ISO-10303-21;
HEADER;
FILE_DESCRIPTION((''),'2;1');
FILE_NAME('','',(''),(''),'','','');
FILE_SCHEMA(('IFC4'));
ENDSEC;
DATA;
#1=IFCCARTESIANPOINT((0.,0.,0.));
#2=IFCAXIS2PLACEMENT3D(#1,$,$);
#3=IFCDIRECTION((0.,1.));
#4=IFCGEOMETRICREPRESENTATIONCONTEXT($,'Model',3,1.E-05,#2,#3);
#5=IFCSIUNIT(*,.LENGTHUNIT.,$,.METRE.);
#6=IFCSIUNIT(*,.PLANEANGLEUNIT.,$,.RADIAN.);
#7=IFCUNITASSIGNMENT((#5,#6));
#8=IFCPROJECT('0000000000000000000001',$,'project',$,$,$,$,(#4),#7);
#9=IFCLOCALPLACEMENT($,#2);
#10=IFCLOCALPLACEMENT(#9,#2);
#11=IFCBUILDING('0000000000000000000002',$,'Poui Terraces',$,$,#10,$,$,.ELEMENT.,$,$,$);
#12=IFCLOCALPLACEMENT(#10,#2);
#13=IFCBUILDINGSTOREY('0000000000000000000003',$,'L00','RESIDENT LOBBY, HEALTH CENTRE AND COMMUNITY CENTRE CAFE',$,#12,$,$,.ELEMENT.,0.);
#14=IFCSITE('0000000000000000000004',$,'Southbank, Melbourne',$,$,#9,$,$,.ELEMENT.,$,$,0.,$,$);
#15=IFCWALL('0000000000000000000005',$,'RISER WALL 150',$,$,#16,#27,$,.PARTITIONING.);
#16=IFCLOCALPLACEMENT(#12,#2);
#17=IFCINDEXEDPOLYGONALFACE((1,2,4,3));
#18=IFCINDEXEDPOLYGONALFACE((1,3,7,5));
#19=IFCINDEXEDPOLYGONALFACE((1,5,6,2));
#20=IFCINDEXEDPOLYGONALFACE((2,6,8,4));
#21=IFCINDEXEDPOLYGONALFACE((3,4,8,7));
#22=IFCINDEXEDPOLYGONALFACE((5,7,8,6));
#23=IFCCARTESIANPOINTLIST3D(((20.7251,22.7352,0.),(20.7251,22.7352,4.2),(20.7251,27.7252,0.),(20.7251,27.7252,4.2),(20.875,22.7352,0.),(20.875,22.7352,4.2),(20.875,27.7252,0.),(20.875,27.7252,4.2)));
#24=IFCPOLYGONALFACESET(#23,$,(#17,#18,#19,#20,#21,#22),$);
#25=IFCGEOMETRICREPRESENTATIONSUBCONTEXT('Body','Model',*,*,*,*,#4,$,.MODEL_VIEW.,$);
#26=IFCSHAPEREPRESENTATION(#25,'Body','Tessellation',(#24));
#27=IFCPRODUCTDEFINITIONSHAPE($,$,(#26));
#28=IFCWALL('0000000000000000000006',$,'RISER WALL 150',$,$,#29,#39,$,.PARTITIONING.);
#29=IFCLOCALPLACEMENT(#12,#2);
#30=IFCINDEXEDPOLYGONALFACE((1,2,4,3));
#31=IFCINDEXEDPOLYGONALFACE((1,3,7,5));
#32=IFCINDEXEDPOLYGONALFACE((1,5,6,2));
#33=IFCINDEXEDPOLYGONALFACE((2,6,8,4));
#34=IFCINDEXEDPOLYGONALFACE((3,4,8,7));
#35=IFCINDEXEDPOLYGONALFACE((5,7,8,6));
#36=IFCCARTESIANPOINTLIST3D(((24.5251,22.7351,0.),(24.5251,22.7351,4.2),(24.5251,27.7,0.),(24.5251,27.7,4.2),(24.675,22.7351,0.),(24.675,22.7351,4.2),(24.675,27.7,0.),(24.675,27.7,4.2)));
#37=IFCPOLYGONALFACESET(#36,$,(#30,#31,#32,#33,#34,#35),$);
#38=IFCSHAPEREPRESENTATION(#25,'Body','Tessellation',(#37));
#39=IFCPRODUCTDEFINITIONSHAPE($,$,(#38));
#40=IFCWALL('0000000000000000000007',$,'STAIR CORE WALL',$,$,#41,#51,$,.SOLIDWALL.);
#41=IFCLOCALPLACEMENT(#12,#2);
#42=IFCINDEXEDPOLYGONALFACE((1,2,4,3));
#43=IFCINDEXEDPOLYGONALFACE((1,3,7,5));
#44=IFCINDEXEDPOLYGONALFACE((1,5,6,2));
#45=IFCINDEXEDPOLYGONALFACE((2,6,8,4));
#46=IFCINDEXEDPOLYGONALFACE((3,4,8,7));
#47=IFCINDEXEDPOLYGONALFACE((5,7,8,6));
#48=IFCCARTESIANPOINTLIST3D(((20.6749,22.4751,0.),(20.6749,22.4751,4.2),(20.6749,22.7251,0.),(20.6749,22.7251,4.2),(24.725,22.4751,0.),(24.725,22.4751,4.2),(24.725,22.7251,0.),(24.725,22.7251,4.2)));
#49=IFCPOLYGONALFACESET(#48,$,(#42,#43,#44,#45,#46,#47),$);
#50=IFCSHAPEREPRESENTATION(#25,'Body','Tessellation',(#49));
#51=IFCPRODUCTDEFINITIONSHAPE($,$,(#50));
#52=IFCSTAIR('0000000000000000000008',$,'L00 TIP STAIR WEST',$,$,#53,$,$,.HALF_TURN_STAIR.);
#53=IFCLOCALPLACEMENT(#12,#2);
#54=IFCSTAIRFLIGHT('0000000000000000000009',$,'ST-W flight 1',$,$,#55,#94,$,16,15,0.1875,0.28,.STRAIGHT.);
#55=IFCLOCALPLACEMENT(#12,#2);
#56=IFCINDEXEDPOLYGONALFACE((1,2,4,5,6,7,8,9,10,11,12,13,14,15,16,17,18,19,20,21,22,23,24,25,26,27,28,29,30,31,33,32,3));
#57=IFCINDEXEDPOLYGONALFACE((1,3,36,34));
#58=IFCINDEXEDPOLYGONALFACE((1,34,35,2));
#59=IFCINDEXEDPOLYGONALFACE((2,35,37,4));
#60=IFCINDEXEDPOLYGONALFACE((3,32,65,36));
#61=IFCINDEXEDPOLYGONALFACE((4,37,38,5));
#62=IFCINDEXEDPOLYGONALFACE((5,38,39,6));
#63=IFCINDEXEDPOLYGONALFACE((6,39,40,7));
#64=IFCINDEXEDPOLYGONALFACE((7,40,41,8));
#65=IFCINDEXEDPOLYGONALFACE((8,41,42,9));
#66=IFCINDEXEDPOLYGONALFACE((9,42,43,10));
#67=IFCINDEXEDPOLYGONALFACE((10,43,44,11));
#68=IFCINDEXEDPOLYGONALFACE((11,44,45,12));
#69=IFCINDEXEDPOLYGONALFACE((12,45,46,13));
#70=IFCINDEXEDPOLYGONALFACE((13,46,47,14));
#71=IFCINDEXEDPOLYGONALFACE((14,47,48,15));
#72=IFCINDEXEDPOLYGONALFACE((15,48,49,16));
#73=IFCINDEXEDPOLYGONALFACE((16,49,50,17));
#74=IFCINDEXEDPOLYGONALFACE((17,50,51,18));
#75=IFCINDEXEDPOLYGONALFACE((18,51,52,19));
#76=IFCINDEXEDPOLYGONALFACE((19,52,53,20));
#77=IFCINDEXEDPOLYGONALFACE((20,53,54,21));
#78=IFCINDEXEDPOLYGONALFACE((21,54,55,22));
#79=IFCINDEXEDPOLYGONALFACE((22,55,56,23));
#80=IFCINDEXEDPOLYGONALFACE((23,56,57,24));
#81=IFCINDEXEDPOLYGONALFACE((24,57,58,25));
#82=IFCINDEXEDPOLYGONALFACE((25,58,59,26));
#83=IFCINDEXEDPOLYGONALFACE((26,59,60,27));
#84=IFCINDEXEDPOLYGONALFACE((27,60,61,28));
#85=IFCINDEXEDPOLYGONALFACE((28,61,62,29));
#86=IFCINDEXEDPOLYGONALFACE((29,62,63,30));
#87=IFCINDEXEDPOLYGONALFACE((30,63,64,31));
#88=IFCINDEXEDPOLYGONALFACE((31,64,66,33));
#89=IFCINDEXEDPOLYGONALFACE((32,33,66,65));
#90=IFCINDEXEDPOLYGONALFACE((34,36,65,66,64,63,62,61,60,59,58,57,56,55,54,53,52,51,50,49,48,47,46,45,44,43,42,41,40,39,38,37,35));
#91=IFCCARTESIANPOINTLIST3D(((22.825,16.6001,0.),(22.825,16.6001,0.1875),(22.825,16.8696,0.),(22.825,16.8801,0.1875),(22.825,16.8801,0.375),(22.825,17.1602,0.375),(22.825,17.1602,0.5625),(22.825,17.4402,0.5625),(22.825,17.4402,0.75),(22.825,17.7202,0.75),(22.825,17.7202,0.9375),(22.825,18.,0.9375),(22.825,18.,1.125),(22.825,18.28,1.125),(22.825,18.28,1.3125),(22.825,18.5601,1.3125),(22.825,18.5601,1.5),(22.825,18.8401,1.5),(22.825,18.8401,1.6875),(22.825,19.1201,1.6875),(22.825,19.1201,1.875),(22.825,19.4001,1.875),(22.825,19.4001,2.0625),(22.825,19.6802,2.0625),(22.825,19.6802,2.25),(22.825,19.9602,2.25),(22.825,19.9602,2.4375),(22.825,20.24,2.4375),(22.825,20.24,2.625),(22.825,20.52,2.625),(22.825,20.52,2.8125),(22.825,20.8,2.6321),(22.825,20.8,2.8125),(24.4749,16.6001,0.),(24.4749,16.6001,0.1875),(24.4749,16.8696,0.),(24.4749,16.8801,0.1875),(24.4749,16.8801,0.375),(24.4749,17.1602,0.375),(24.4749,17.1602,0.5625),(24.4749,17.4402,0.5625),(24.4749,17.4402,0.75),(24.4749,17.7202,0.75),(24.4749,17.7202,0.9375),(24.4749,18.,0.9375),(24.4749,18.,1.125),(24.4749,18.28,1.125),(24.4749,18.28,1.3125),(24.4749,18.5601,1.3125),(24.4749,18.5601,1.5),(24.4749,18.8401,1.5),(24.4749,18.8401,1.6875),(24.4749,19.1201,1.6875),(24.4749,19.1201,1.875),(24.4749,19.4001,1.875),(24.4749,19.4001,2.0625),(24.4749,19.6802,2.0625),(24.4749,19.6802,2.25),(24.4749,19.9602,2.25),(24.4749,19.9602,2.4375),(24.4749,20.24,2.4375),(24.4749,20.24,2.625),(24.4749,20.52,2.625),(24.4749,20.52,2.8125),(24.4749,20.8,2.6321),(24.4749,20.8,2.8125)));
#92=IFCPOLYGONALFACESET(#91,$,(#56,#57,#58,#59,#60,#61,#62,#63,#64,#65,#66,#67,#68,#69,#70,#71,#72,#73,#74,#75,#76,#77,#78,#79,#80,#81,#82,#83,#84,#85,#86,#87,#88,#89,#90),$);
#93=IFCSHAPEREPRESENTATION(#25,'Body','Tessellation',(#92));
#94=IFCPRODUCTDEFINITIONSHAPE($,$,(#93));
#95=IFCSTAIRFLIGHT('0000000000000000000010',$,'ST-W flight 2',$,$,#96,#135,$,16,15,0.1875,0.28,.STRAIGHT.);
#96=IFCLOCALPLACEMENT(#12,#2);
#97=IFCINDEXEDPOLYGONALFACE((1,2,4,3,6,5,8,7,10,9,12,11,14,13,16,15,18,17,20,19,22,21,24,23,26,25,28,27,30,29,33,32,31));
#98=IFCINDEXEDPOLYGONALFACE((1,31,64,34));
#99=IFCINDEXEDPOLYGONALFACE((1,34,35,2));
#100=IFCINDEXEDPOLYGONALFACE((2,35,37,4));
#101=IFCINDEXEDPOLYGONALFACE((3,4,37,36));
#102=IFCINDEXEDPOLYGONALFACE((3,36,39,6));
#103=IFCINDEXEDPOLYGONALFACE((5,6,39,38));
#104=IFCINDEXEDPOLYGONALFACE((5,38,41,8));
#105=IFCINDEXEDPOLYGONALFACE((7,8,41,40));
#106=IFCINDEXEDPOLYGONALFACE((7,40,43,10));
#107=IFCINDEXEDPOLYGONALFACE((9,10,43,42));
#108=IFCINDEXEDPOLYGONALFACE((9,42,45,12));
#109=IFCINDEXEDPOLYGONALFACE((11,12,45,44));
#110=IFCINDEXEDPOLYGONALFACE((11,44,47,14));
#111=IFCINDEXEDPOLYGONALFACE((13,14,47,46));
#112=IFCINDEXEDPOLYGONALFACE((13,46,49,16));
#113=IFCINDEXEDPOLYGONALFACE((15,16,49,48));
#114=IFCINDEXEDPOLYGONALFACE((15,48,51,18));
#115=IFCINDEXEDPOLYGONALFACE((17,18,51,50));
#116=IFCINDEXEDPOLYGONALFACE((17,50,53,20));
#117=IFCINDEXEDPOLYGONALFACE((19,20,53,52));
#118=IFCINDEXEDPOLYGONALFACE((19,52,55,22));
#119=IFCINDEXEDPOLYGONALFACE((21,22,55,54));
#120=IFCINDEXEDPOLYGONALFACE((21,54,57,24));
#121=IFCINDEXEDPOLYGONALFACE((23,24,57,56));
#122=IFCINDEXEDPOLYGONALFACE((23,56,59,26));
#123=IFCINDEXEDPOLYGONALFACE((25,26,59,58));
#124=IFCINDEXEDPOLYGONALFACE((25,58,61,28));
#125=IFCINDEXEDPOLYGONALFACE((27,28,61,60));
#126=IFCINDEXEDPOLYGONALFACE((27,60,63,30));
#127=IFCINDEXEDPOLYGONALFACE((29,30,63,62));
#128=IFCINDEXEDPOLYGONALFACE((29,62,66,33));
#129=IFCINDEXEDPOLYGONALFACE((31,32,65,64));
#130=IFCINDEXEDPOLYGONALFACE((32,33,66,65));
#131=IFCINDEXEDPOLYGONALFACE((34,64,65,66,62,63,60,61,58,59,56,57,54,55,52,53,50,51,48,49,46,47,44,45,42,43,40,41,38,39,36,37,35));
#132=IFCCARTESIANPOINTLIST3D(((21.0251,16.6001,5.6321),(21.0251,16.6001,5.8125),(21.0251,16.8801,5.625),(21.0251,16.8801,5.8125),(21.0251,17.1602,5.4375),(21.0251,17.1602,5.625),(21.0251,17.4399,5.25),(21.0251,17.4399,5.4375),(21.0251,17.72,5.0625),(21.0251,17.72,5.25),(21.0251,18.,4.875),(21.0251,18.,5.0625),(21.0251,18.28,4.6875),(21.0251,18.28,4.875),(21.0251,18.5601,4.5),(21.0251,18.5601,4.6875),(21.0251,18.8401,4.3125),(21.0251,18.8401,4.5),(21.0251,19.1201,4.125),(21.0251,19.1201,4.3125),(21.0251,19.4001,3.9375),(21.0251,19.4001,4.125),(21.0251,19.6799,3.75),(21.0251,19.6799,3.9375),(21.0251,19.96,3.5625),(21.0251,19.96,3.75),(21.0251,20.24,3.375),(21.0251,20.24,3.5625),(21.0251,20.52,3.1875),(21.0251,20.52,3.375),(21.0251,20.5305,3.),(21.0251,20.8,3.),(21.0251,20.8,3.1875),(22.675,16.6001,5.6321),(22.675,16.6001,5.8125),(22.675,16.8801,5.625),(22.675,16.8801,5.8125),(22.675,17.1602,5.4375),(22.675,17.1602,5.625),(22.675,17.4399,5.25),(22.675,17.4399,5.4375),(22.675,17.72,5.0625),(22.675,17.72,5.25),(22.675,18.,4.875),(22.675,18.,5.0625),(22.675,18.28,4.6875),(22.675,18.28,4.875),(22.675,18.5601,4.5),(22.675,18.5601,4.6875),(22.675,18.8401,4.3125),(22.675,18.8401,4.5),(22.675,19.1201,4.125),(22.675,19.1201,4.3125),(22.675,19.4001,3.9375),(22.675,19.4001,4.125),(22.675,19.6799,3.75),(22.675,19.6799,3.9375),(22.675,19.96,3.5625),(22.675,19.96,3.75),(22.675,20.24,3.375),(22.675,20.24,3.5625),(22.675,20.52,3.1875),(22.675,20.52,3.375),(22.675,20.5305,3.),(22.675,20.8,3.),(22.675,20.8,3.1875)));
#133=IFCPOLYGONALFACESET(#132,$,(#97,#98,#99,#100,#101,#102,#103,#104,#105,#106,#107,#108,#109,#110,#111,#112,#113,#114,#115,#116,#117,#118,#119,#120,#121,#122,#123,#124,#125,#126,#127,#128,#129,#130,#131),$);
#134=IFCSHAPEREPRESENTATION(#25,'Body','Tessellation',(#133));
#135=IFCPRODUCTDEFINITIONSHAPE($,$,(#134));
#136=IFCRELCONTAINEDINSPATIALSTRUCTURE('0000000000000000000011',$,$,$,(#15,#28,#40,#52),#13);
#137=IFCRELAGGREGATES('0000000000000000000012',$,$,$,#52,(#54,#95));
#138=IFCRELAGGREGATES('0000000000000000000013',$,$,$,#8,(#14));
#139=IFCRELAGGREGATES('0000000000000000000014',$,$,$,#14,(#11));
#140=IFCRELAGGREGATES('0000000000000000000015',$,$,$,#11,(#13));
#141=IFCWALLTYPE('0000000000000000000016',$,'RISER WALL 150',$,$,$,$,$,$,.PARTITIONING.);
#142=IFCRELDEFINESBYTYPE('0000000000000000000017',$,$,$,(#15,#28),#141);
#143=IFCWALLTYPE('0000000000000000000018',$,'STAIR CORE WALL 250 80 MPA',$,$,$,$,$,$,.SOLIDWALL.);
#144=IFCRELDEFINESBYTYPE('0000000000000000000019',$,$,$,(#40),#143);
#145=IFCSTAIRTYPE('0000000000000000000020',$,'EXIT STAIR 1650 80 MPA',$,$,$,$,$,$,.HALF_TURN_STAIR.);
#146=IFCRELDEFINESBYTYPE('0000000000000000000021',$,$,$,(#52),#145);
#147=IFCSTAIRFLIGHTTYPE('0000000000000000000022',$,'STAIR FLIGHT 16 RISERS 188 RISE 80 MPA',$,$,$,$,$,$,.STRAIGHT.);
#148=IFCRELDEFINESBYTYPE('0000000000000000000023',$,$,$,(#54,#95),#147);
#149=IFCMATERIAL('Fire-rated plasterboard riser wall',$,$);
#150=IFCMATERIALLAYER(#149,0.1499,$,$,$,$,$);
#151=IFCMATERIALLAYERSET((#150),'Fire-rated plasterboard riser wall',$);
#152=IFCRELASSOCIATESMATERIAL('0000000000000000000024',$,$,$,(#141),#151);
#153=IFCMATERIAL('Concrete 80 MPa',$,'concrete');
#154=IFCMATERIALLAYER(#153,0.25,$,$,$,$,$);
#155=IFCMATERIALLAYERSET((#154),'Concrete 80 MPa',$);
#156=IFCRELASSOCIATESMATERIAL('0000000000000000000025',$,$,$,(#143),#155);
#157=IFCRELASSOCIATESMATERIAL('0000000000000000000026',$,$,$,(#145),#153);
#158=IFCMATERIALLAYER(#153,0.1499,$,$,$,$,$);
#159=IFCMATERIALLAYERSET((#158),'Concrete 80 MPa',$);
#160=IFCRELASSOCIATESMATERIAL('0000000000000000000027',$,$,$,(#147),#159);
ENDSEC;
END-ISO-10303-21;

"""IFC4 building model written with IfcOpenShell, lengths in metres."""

from ifc_helpers import new_model, si_unit, direction, frame, frame_2d, origin, place, context, subcontext, project, spatial, polyline, rectangle, outline, extrude, material, layer, layer_set, type_object, element, aggregate, save


model = new_model("IFC4")

# Units and contexts
model_context = context("Model", 3, precision=1e-05, world=origin(), true_north=direction((0.0, 1.0)))
body_context = subcontext(model_context, "Body", "Model", "MODEL_VIEW")
ifc_project = project(units=[si_unit("LENGTHUNIT", "METRE"), si_unit("PLANEANGLEUNIT", "RADIAN")], contexts=[model_context])

# Site, building, storey
site_placement = place(None, origin())
site = spatial("IfcSite", under=ifc_project, at=site_placement, Name="Southbank, Melbourne", CompositionType="ELEMENT", RefElevation=0.0)
building_placement = place(site_placement, origin())
building = spatial("IfcBuilding", under=site, at=building_placement, Name="Poui Terraces", CompositionType="ELEMENT")
storey_placement = place(building_placement, origin())
storey = spatial("IfcBuildingStorey", under=building, at=storey_placement, Name="L00", Description="RESIDENT LOBBY, HEALTH CENTRE AND COMMUNITY CENTRE CAFE", CompositionType="ELEMENT", Elevation=0.0)

# Shared definitions
ifc_material_1 = material(Name="Fire-rated plasterboard riser wall")
ifc_layer_1 = layer(ifc_material_1, 0.1499)
ifc_layer_set_1 = layer_set([ifc_layer_1], Name="Fire-rated plasterboard riser wall")
wall_type_1 = type_object("IfcWallType", Name="RISER WALL 150", PredefinedType="PARTITIONING", material=ifc_layer_set_1)

# Walls
wall_1_placement = place(storey_placement, frame((20.8, 22.7351, 0.0), z_axis=(0.0, 0.0, 1.0), x_axis=(0.0, 1.0, 0.0)))
element("IfcWall", 1, at=wall_1_placement, inside=storey, type_object=wall_type_1, Name="RISER WALL 150", PredefinedType="PARTITIONING", context=body_context, shape_type="SweptSolid", body=[
    extrude(rectangle(XDim=4.99, YDim=0.1499, at=frame_2d((2.4951, 0.0))), origin(), (0.0, 0.0, 1.0), 4.2),
])
wall_2_placement = place(storey_placement, frame((24.6001, 22.7351, 0.0), z_axis=(0.0, 0.0, 1.0), x_axis=(0.0, 1.0, 0.0)))
element("IfcWall", 2, at=wall_2_placement, inside=storey, type_object=wall_type_1, Name="RISER WALL 150", PredefinedType="PARTITIONING", context=body_context, shape_type="SweptSolid", body=[
    extrude(rectangle(XDim=4.9648, YDim=0.1499, at=frame_2d((2.4824, 0.0))), origin(), (0.0, 0.0, 1.0), 4.2),
])
ifc_material_2 = material(Name="Concrete 80 MPa", Category="concrete")
ifc_layer_2 = layer(ifc_material_2, 0.25)
ifc_layer_set_2 = layer_set([ifc_layer_2], Name="Concrete 80 MPa")
wall_type_2 = type_object("IfcWallType", Name="STAIR CORE WALL 250 80 MPA", PredefinedType="SOLIDWALL", material=ifc_layer_set_2)
wall_3_placement = place(storey_placement, frame((20.675, 22.6001, 0.0), z_axis=(0.0, 0.0, 1.0), x_axis=(1.0, 0.0, 0.0)))
element("IfcWall", 3, at=wall_3_placement, inside=storey, type_object=wall_type_2, Name="STAIR CORE WALL", PredefinedType="SOLIDWALL", context=body_context, shape_type="SweptSolid", body=[
    extrude(rectangle(XDim=4.05, YDim=0.25, at=frame_2d((2.0249, 0.0))), origin(), (0.0, 0.0, 1.0), 4.2),
])

# Stair, stair flights
stair_type = type_object("IfcStairType", Name="EXIT STAIR 1650 80 MPA", PredefinedType="HALF_TURN_STAIR", material=ifc_material_2)
stair_placement = place(storey_placement, origin())
stair = element("IfcStair", 4, at=stair_placement, inside=storey, type_object=stair_type, Name="L00 TIP STAIR WEST", PredefinedType="HALF_TURN_STAIR")
ifc_layer_3 = layer(ifc_material_2, 0.1499)
ifc_layer_set_3 = layer_set([ifc_layer_3], Name="Concrete 80 MPa")
stair_flight_type = type_object("IfcStairFlightType", Name="STAIR FLIGHT 16 RISERS 188 RISE 80 MPA", PredefinedType="STRAIGHT", material=ifc_layer_set_3)
stair_flight_1_placement = place(storey_placement, frame((23.6499, 16.6001, 0.0), z_axis=(0.0, 0.0, 1.0), x_axis=(0.0, 1.0, 0.0)))
stair_flight_1 = element("IfcStairFlight", 5, at=stair_flight_1_placement, type_object=stair_flight_type, Name="ST-W flight 1", NumberOfRisers=16, NumberOfTreads=15, PredefinedType="STRAIGHT", RiserHeight=0.1875, TreadLength=0.28, context=body_context, shape_type="SweptSolid", body=[
    extrude(outline(polyline([(0.0, 0.0), (0.0, 0.1875), (0.28, 0.1875), (0.28, 0.375), (0.5601, 0.375), (0.5601, 0.5625), (0.8401, 0.5625), (0.8401, 0.75), (1.1201, 0.75), (1.1201, 0.9375), (1.3999, 0.9375), (1.3999, 1.125), (1.6799, 1.125), (1.6799, 1.3125), (1.96, 1.3125), (1.96, 1.5), (2.24, 1.5), (2.24, 1.6875), (2.52, 1.6875), (2.52, 1.875), (2.8, 1.875), (2.8, 2.0625), (3.0801, 2.0625), (3.0801, 2.25), (3.3601, 2.25), (3.3601, 2.4375), (3.6399, 2.4375), (3.6399, 2.625), (3.9199, 2.625), (3.9199, 2.8125), (4.2, 2.8125), (4.2, 3.0), (4.2, 2.6321), (0.2695, 0.0), (0.0, 0.0)])), frame((0.0, 0.825, 0.0), z_axis=(0.0, -1.0, 0.0), x_axis=(1.0, 0.0, 0.0)), (0.0, 0.0, 1.0), 1.6499),
])
stair_flight_2_placement = place(storey_placement, frame((21.8501, 20.8, 3.0), z_axis=(0.0, 0.0, 1.0), x_axis=(0.0, -1.0, 0.0)))
stair_flight_2 = element("IfcStairFlight", 6, at=stair_flight_2_placement, type_object=stair_flight_type, Name="ST-W flight 2", NumberOfRisers=16, NumberOfTreads=15, PredefinedType="STRAIGHT", RiserHeight=0.1875, TreadLength=0.28, context=body_context, shape_type="SweptSolid", body=[
    extrude(outline(polyline([(0.0, 0.0), (0.0, 0.1875), (0.28, 0.1875), (0.28, 0.375), (0.5601, 0.375), (0.5601, 0.5625), (0.8401, 0.5625), (0.8401, 0.75), (1.1201, 0.75), (1.1201, 0.9375), (1.3999, 0.9375), (1.3999, 1.125), (1.6799, 1.125), (1.6799, 1.3125), (1.96, 1.3125), (1.96, 1.5), (2.24, 1.5), (2.24, 1.6875), (2.52, 1.6875), (2.52, 1.875), (2.8, 1.875), (2.8, 2.0625), (3.0801, 2.0625), (3.0801, 2.25), (3.3601, 2.25), (3.3601, 2.4375), (3.6399, 2.4375), (3.6399, 2.625), (3.9199, 2.625), (3.9199, 2.8125), (4.2, 2.8125), (4.2, 3.0), (4.2, 2.6321), (0.2695, 0.0), (0.0, 0.0)])), frame((0.0, 0.825, 0.0), z_axis=(0.0, -1.0, 0.0), x_axis=(1.0, 0.0, 0.0)), (0.0, 0.0, 1.0), 1.6499),
])
aggregate(stair, [stair_flight_1, stair_flight_2])

save(model, "model.ifc")
